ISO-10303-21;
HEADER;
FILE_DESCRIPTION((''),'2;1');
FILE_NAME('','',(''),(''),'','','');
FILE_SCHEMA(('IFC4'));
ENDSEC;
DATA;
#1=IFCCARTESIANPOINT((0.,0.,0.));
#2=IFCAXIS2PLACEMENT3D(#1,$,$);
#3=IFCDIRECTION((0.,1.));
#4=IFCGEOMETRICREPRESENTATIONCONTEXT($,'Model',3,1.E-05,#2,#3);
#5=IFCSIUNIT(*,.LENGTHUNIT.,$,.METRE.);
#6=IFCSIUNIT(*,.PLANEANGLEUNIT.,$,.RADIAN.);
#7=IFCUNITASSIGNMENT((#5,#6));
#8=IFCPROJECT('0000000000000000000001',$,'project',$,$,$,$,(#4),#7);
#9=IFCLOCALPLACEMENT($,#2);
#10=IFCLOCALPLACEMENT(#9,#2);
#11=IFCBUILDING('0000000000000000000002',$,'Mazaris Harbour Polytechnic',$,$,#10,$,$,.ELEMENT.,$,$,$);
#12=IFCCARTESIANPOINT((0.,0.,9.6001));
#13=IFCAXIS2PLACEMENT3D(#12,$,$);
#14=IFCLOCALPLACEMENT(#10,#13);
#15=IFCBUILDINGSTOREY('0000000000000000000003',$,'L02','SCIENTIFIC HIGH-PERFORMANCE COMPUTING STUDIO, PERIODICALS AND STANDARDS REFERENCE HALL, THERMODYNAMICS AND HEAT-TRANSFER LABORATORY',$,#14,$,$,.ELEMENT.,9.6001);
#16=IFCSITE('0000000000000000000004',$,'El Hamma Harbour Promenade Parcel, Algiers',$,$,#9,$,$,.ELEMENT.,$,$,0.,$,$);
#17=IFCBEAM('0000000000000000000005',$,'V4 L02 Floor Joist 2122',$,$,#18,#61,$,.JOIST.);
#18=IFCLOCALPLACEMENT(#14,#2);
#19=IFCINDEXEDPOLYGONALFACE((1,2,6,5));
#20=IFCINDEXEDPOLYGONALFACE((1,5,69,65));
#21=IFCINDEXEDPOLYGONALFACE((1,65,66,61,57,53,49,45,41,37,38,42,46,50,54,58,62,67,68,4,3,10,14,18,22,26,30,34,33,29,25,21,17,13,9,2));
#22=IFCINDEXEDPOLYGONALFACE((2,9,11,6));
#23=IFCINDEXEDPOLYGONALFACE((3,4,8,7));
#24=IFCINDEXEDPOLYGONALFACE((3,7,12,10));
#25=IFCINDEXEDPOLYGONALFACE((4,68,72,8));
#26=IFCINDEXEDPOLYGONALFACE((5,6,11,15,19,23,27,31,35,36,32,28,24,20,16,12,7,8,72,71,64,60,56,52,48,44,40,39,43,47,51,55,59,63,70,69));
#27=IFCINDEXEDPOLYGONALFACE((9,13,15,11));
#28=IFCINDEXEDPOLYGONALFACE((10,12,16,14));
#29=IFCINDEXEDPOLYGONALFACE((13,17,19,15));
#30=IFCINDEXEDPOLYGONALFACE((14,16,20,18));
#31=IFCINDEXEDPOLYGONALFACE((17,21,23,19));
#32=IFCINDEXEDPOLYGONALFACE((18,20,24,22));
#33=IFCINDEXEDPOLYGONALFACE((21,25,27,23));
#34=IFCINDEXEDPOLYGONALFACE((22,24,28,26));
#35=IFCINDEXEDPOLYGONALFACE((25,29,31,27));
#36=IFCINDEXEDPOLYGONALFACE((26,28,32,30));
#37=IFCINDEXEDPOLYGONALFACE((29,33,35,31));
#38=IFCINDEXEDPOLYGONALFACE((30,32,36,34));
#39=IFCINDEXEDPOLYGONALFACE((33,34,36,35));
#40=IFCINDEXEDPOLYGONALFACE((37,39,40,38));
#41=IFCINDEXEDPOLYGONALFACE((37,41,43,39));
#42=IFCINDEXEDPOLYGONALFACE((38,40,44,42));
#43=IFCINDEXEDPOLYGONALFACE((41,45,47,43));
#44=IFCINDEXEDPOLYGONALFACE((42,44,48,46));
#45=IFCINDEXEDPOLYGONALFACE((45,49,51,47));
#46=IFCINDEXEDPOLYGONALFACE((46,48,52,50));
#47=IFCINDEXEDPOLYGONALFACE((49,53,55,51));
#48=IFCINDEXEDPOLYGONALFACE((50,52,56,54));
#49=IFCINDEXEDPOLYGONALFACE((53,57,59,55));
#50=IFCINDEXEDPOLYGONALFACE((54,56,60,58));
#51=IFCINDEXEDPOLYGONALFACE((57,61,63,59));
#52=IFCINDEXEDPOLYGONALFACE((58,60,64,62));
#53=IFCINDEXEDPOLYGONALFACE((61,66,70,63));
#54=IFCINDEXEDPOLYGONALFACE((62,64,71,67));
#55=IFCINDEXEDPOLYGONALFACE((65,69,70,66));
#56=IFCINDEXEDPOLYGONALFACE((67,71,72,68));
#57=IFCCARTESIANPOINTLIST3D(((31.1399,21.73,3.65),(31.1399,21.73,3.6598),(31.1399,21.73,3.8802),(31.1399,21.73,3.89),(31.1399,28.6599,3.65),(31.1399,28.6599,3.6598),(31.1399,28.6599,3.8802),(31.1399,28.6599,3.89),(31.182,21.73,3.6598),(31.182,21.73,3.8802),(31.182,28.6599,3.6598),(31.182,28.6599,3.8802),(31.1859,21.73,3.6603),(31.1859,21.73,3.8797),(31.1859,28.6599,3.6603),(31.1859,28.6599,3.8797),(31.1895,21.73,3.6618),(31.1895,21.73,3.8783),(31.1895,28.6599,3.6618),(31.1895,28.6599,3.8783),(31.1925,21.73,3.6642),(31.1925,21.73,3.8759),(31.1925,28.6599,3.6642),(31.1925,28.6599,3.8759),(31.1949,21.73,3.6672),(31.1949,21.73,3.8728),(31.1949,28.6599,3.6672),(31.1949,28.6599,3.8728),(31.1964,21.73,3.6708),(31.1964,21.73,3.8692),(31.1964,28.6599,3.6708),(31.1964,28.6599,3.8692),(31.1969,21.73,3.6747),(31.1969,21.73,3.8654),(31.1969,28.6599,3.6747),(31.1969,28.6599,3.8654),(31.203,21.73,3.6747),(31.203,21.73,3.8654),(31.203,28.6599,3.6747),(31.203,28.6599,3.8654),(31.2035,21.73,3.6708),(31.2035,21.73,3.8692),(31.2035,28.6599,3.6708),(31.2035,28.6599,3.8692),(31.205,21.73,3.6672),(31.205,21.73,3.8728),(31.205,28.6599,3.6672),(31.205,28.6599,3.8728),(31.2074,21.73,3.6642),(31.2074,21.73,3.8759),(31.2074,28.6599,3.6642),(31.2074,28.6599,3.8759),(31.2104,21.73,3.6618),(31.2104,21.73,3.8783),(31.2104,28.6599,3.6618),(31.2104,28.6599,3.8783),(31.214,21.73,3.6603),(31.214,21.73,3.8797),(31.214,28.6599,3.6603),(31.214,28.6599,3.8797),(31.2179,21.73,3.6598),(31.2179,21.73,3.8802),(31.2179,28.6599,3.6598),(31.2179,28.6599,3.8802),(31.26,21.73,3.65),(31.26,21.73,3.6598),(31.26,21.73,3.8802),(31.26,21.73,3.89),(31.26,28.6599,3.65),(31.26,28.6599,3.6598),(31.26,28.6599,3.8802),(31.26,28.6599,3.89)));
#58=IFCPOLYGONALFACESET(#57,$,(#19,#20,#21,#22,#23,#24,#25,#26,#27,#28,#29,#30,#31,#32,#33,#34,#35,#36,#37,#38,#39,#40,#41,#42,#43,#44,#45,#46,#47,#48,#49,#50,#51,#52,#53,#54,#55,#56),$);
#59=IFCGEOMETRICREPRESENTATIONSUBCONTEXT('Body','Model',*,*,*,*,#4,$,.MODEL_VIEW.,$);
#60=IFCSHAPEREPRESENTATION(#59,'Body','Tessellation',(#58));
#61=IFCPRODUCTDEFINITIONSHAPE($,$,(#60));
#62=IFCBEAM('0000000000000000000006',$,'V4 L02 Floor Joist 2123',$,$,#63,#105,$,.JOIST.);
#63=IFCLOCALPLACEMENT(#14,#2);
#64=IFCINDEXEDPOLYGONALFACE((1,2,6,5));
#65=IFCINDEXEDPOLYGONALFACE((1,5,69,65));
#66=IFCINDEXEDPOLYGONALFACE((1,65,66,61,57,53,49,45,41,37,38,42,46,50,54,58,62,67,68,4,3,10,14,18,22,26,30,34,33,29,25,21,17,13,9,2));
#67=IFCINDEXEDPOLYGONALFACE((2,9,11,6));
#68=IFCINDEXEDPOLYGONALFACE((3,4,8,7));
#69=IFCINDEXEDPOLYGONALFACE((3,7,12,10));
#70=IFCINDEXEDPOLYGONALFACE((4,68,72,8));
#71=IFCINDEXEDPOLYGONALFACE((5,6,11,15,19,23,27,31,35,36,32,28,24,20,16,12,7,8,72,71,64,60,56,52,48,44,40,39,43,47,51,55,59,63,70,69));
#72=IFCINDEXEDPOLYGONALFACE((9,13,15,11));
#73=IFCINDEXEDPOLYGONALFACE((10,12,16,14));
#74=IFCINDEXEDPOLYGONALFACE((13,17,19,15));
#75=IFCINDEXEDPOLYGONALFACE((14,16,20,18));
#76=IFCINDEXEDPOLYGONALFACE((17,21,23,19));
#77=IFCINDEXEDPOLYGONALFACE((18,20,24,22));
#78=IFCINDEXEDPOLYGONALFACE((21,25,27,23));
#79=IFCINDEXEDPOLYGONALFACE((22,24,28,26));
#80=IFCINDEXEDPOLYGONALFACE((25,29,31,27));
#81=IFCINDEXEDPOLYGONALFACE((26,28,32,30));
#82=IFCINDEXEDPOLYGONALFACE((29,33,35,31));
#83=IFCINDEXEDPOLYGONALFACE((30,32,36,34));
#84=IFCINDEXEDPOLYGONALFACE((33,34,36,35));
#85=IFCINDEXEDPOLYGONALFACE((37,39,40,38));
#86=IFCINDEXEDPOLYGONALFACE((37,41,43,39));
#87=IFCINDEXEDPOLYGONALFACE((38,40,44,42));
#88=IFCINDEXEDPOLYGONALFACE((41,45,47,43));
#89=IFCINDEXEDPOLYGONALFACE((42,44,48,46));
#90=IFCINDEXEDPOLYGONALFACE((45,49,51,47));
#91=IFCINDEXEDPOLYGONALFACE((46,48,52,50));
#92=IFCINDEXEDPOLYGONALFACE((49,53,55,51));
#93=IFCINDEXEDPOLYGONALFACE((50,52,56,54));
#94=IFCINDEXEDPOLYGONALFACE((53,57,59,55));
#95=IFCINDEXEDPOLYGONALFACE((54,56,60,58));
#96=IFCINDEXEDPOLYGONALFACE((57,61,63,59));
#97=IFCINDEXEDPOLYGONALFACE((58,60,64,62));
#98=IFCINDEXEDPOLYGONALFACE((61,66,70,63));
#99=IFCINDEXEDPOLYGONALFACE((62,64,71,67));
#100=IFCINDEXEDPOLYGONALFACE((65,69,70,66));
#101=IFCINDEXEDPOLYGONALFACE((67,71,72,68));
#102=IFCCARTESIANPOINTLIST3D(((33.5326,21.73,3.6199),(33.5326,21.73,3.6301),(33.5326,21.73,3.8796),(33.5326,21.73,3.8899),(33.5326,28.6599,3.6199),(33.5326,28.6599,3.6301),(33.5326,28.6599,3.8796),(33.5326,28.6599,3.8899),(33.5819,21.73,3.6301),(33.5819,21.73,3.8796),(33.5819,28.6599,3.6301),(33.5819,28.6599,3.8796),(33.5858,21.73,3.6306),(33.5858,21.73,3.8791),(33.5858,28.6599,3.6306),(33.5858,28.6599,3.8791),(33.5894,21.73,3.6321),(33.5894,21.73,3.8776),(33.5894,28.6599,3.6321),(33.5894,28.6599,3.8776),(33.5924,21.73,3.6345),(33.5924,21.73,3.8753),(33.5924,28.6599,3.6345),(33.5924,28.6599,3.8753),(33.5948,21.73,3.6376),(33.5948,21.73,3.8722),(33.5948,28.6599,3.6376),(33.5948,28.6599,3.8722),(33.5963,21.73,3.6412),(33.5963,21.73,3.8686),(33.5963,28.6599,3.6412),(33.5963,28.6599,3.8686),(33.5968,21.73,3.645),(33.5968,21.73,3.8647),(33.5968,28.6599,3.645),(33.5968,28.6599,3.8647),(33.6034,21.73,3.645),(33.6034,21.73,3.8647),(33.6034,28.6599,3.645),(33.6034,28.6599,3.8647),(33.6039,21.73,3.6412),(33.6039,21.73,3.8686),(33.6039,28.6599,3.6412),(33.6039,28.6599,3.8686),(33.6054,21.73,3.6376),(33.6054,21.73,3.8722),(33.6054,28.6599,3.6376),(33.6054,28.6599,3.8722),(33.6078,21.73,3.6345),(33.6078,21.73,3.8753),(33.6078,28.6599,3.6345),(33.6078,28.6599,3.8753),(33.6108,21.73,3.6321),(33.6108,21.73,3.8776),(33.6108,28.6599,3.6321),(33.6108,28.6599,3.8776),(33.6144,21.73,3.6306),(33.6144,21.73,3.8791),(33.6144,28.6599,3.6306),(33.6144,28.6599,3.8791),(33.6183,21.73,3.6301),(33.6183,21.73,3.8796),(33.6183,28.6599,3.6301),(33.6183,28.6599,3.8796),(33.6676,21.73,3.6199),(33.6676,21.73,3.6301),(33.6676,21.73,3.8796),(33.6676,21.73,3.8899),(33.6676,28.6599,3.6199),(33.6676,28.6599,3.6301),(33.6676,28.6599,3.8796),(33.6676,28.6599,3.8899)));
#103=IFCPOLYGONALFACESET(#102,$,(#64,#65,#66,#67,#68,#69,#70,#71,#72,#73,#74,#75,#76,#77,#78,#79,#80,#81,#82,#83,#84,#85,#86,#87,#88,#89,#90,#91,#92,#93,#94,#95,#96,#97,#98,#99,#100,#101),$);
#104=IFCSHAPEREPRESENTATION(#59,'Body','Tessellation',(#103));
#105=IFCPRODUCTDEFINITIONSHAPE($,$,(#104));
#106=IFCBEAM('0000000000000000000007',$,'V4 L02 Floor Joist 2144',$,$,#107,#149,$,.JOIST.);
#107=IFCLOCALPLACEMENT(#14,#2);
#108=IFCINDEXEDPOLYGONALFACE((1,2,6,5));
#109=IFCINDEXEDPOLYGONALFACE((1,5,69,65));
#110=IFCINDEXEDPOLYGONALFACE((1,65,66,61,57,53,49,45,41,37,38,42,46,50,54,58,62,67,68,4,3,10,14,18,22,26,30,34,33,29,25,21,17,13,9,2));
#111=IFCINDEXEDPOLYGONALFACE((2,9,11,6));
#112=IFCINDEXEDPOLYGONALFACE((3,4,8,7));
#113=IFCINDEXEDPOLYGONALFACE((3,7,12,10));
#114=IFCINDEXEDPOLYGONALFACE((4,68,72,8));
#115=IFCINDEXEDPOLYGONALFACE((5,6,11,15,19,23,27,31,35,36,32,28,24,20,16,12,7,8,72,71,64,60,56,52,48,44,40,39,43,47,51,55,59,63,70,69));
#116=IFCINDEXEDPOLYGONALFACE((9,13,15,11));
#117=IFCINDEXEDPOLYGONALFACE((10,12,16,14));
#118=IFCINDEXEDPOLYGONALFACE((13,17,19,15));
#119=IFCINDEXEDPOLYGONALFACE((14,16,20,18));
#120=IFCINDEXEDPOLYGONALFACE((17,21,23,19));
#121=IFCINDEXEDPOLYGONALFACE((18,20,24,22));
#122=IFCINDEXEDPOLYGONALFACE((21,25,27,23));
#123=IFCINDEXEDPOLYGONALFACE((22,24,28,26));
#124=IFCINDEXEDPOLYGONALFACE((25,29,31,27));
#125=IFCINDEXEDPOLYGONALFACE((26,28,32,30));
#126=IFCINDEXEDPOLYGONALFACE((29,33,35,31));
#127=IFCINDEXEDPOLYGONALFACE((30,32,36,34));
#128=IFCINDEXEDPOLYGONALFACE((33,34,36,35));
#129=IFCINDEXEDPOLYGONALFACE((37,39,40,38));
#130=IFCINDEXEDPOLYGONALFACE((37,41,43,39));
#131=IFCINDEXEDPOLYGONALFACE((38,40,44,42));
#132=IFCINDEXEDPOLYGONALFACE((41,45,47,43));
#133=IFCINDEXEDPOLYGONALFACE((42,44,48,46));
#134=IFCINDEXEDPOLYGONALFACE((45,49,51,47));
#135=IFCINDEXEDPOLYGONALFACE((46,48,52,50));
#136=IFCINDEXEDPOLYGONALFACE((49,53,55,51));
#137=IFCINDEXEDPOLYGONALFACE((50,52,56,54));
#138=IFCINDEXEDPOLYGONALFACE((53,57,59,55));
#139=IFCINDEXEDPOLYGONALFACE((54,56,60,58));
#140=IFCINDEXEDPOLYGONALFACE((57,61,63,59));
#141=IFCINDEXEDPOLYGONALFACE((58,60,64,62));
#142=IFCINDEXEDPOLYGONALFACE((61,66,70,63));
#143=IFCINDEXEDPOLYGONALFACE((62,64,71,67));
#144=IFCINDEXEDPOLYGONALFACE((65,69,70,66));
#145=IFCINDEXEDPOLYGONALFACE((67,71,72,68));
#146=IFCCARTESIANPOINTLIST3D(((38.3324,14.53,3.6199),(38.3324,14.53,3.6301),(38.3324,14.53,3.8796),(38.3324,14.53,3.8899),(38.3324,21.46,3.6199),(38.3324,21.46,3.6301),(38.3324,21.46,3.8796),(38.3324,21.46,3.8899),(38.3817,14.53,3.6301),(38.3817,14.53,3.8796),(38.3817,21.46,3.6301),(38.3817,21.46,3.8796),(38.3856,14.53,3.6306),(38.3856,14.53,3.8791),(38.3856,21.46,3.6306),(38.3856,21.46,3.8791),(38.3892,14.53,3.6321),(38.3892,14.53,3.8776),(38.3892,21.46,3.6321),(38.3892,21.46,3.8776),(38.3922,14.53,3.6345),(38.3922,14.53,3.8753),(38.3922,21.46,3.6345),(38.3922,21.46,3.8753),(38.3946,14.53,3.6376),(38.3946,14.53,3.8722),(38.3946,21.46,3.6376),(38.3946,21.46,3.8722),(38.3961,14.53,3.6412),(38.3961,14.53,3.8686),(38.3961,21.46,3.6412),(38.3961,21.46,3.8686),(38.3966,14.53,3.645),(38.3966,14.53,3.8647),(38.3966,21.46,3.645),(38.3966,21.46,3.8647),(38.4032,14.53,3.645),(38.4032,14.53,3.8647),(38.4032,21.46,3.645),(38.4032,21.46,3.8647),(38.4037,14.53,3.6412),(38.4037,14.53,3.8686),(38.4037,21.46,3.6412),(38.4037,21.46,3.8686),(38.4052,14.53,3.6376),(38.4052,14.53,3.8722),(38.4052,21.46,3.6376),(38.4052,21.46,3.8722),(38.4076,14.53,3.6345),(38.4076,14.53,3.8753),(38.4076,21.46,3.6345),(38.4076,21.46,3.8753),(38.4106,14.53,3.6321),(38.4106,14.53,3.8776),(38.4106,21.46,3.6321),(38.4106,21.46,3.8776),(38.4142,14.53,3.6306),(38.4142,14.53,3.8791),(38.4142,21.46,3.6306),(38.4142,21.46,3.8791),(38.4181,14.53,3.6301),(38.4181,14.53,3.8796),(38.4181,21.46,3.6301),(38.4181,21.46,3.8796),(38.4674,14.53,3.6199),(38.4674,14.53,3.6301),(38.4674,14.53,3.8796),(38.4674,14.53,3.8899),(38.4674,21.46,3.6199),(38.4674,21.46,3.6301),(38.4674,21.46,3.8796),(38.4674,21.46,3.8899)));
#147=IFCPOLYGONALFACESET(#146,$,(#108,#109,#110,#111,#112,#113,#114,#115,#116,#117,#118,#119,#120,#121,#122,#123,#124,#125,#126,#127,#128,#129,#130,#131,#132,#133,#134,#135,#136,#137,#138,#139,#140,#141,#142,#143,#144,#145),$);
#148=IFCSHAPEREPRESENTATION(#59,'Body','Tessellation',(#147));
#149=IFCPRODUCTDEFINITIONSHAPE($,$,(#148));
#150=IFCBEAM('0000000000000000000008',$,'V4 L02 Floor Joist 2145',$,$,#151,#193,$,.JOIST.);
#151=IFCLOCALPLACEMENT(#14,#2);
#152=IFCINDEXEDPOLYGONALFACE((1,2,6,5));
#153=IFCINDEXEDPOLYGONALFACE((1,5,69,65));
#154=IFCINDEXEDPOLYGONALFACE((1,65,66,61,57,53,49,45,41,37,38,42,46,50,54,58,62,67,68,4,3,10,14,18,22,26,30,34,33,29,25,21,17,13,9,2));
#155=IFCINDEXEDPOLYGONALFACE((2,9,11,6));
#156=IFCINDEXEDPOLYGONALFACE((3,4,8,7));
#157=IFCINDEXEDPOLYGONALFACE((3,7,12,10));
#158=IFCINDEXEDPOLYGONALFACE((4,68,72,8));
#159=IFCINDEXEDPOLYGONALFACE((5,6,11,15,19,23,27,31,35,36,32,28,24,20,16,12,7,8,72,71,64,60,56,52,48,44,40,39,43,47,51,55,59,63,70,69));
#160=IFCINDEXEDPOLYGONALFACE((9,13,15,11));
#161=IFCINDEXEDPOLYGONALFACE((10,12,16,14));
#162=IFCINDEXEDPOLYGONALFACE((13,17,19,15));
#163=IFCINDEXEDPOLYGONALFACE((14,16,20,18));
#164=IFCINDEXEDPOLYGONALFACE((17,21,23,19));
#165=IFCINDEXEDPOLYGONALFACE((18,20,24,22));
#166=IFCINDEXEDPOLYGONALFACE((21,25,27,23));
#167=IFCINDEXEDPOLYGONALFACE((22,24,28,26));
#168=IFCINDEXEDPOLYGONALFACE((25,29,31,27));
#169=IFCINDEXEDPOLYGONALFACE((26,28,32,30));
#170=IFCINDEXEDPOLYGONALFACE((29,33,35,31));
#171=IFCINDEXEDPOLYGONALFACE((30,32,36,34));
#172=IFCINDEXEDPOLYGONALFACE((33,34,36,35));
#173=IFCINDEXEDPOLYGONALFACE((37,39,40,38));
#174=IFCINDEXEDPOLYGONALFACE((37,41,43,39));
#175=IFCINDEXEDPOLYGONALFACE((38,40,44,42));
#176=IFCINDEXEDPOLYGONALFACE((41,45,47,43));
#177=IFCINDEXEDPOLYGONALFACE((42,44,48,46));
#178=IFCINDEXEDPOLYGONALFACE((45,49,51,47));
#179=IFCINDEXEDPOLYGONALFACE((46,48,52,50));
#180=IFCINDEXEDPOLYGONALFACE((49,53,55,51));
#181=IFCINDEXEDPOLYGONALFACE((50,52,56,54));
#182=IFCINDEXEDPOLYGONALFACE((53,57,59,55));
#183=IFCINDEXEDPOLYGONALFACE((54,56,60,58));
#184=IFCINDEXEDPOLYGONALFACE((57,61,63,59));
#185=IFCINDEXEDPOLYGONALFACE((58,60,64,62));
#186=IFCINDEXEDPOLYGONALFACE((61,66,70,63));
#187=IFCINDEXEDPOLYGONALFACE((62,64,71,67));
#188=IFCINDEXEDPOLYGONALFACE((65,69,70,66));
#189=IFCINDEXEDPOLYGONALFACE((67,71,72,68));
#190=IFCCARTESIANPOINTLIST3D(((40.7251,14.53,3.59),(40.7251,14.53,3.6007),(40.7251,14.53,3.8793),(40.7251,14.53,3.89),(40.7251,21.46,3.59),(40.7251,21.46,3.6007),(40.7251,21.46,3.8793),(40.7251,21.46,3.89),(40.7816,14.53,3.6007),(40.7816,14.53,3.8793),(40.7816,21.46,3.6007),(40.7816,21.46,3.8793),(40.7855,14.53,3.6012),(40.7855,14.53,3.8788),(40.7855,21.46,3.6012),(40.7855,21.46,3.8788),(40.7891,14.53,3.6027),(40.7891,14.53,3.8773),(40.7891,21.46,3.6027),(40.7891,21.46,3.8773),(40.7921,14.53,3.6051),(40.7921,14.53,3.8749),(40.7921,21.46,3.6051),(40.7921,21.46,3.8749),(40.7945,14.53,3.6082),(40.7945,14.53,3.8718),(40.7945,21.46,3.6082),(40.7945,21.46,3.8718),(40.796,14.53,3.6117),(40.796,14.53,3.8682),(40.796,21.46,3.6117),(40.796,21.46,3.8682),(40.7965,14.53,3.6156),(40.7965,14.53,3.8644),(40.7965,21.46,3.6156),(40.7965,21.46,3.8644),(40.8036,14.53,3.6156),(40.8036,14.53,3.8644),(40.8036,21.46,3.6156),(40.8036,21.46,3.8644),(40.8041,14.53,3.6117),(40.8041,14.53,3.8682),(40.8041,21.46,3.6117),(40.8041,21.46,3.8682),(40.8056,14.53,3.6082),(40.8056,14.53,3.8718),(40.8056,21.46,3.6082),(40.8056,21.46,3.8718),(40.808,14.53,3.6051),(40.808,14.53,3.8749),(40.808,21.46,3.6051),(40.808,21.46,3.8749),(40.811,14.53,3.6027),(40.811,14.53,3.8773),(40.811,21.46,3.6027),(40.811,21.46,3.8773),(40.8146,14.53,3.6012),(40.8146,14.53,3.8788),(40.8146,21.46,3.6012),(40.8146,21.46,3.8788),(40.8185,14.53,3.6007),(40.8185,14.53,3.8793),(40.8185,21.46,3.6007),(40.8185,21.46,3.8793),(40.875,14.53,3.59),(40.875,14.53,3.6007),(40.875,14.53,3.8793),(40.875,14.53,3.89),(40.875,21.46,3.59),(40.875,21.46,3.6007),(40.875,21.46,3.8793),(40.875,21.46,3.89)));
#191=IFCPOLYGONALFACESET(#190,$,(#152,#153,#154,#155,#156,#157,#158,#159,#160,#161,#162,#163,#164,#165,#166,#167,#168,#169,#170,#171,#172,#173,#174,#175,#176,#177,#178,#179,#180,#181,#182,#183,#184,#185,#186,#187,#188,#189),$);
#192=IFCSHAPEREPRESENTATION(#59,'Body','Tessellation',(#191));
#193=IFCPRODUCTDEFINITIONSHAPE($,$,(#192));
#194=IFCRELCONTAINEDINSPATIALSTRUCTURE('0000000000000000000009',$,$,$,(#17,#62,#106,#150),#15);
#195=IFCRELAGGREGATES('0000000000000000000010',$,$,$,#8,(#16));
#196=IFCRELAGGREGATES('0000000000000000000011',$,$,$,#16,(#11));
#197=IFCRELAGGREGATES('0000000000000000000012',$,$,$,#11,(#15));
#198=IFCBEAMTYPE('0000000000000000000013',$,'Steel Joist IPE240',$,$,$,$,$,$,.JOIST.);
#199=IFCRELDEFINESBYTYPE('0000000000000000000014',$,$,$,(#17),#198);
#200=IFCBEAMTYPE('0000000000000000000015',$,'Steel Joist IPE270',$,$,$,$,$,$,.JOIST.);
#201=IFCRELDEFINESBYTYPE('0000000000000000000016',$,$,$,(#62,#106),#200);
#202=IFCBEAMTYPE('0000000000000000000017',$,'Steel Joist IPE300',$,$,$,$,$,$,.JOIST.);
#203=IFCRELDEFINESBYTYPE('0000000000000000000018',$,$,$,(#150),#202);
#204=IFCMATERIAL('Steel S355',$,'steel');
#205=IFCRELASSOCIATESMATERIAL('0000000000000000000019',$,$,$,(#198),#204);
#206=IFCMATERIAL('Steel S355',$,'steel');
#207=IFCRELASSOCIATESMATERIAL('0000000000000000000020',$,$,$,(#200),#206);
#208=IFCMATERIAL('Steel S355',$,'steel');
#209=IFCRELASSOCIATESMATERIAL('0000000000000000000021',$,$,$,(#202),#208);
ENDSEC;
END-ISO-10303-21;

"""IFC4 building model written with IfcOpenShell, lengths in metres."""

from ifc_helpers import new_model, si_unit, direction, frame, origin, origin_2d, place, context, subcontext, project, spatial, i_section, extrude, material, material_profile, profile_set, type_object, element, save


model = new_model("IFC4")

# Units and contexts
model_context = context("Model", 3, precision=1e-05, world=origin(), true_north=direction((0.0, 1.0)))
body_context = subcontext(model_context, "Body", "Model", "MODEL_VIEW")
ifc_project = project(units=[si_unit("LENGTHUNIT", "METRE"), si_unit("PLANEANGLEUNIT", "RADIAN")], contexts=[model_context])

# Site, building, storey
site_placement = place(None, origin())
site = spatial("IfcSite", under=ifc_project, at=site_placement, Name="El Hamma Harbour Promenade Parcel, Algiers", CompositionType="ELEMENT", RefElevation=0.0)
building_placement = place(site_placement, origin())
building = spatial("IfcBuilding", under=site, at=building_placement, Name="Mazaris Harbour Polytechnic", CompositionType="ELEMENT")
storey_placement = place(building_placement, frame((0.0, 0.0, 9.6001)))
storey = spatial("IfcBuildingStorey", under=building, at=storey_placement, Name="L02", Description="SCIENTIFIC HIGH-PERFORMANCE COMPUTING STUDIO, PERIODICALS AND STANDARDS REFERENCE HALL, THERMODYNAMICS AND HEAT-TRANSFER LABORATORY", CompositionType="ELEMENT", Elevation=9.6001)

# Beams
ifc_material_1 = material(Name="Steel S355", Category="steel")
ifc_material_profile_1 = material_profile(ifc_material_1, i_section(OverallWidth=0.1201, OverallDepth=0.24, WebThickness=0.0061, FlangeThickness=0.0098, FilletRadius=0.0149, at=origin_2d()), Name="IPE 240")
ifc_profile_set_1 = profile_set([ifc_material_profile_1], Name="Steel S355")
beam_type_1 = type_object("IfcBeamType", Name="Steel Joist IPE240", PredefinedType="JOIST", material=ifc_profile_set_1)
beam_1_placement = place(storey_placement, frame((31.2, 21.73, 3.77), z_axis=(0.0, 1.0, 0.0), x_axis=(-1.0, 0.0, 0.0)))
element("IfcBeam", 1, at=beam_1_placement, inside=storey, type_object=beam_type_1, Name="V4 L02 Floor Joist 2122", PredefinedType="JOIST", context=body_context, shape_type="SweptSolid", body=[
    extrude(i_section(OverallWidth=0.1201, OverallDepth=0.24, WebThickness=0.0061, FlangeThickness=0.0098, FilletRadius=0.0149, at=origin_2d()), origin(), (0.0, 0.0, 1.0), 6.9299),
])
ifc_material_2 = material(Name="Steel S355", Category="steel")
ifc_material_profile_2 = material_profile(ifc_material_2, i_section(OverallWidth=0.135, OverallDepth=0.27, WebThickness=0.0066, FlangeThickness=0.0103, FilletRadius=0.0149, at=origin_2d()), Name="IPE 270")
ifc_profile_set_2 = profile_set([ifc_material_profile_2], Name="Steel S355")
beam_type_2 = type_object("IfcBeamType", Name="Steel Joist IPE270", PredefinedType="JOIST", material=ifc_profile_set_2)
for number, where, z_axis, x_axis, name in (
    (2, (33.6001, 21.73, 3.7549), (0.0, 1.0, 0.0), (-1.0, 0.0, 0.0), "V4 L02 Floor Joist 2123"),
    (3, (38.3999, 14.53, 3.7549), (0.0, 1.0, 0.0), (-1.0, 0.0, 0.0), "V4 L02 Floor Joist 2144"),
):
    element("IfcBeam", number, at=place(storey_placement, frame(where, z_axis=z_axis, x_axis=x_axis)), inside=storey, type_object=beam_type_2, Name=name, PredefinedType="JOIST", context=body_context, shape_type="SweptSolid", body=[
        extrude(i_section(OverallWidth=0.135, OverallDepth=0.27, WebThickness=0.0066, FlangeThickness=0.0103, FilletRadius=0.0149, at=origin_2d()), origin(), (0.0, 0.0, 1.0), 6.9299),
    ])
ifc_material_3 = material(Name="Steel S355", Category="steel")
ifc_material_profile_3 = material_profile(ifc_material_3, i_section(OverallWidth=0.1499, OverallDepth=0.3, WebThickness=0.0071, FlangeThickness=0.0107, FilletRadius=0.0149, at=origin_2d()), Name="IPE 300")
ifc_profile_set_3 = profile_set([ifc_material_profile_3], Name="Steel S355")
beam_type_3 = type_object("IfcBeamType", Name="Steel Joist IPE300", PredefinedType="JOIST", material=ifc_profile_set_3)
beam_2_placement = place(storey_placement, frame((40.8, 14.53, 3.74), z_axis=(0.0, 1.0, 0.0), x_axis=(-1.0, 0.0, 0.0)))
element("IfcBeam", 4, at=beam_2_placement, inside=storey, type_object=beam_type_3, Name="V4 L02 Floor Joist 2145", PredefinedType="JOIST", context=body_context, shape_type="SweptSolid", body=[
    extrude(i_section(OverallWidth=0.1499, OverallDepth=0.3, WebThickness=0.0071, FlangeThickness=0.0107, FilletRadius=0.0149, at=origin_2d()), origin(), (0.0, 0.0, 1.0), 6.9299),
])

save(model, "model.ifc")
